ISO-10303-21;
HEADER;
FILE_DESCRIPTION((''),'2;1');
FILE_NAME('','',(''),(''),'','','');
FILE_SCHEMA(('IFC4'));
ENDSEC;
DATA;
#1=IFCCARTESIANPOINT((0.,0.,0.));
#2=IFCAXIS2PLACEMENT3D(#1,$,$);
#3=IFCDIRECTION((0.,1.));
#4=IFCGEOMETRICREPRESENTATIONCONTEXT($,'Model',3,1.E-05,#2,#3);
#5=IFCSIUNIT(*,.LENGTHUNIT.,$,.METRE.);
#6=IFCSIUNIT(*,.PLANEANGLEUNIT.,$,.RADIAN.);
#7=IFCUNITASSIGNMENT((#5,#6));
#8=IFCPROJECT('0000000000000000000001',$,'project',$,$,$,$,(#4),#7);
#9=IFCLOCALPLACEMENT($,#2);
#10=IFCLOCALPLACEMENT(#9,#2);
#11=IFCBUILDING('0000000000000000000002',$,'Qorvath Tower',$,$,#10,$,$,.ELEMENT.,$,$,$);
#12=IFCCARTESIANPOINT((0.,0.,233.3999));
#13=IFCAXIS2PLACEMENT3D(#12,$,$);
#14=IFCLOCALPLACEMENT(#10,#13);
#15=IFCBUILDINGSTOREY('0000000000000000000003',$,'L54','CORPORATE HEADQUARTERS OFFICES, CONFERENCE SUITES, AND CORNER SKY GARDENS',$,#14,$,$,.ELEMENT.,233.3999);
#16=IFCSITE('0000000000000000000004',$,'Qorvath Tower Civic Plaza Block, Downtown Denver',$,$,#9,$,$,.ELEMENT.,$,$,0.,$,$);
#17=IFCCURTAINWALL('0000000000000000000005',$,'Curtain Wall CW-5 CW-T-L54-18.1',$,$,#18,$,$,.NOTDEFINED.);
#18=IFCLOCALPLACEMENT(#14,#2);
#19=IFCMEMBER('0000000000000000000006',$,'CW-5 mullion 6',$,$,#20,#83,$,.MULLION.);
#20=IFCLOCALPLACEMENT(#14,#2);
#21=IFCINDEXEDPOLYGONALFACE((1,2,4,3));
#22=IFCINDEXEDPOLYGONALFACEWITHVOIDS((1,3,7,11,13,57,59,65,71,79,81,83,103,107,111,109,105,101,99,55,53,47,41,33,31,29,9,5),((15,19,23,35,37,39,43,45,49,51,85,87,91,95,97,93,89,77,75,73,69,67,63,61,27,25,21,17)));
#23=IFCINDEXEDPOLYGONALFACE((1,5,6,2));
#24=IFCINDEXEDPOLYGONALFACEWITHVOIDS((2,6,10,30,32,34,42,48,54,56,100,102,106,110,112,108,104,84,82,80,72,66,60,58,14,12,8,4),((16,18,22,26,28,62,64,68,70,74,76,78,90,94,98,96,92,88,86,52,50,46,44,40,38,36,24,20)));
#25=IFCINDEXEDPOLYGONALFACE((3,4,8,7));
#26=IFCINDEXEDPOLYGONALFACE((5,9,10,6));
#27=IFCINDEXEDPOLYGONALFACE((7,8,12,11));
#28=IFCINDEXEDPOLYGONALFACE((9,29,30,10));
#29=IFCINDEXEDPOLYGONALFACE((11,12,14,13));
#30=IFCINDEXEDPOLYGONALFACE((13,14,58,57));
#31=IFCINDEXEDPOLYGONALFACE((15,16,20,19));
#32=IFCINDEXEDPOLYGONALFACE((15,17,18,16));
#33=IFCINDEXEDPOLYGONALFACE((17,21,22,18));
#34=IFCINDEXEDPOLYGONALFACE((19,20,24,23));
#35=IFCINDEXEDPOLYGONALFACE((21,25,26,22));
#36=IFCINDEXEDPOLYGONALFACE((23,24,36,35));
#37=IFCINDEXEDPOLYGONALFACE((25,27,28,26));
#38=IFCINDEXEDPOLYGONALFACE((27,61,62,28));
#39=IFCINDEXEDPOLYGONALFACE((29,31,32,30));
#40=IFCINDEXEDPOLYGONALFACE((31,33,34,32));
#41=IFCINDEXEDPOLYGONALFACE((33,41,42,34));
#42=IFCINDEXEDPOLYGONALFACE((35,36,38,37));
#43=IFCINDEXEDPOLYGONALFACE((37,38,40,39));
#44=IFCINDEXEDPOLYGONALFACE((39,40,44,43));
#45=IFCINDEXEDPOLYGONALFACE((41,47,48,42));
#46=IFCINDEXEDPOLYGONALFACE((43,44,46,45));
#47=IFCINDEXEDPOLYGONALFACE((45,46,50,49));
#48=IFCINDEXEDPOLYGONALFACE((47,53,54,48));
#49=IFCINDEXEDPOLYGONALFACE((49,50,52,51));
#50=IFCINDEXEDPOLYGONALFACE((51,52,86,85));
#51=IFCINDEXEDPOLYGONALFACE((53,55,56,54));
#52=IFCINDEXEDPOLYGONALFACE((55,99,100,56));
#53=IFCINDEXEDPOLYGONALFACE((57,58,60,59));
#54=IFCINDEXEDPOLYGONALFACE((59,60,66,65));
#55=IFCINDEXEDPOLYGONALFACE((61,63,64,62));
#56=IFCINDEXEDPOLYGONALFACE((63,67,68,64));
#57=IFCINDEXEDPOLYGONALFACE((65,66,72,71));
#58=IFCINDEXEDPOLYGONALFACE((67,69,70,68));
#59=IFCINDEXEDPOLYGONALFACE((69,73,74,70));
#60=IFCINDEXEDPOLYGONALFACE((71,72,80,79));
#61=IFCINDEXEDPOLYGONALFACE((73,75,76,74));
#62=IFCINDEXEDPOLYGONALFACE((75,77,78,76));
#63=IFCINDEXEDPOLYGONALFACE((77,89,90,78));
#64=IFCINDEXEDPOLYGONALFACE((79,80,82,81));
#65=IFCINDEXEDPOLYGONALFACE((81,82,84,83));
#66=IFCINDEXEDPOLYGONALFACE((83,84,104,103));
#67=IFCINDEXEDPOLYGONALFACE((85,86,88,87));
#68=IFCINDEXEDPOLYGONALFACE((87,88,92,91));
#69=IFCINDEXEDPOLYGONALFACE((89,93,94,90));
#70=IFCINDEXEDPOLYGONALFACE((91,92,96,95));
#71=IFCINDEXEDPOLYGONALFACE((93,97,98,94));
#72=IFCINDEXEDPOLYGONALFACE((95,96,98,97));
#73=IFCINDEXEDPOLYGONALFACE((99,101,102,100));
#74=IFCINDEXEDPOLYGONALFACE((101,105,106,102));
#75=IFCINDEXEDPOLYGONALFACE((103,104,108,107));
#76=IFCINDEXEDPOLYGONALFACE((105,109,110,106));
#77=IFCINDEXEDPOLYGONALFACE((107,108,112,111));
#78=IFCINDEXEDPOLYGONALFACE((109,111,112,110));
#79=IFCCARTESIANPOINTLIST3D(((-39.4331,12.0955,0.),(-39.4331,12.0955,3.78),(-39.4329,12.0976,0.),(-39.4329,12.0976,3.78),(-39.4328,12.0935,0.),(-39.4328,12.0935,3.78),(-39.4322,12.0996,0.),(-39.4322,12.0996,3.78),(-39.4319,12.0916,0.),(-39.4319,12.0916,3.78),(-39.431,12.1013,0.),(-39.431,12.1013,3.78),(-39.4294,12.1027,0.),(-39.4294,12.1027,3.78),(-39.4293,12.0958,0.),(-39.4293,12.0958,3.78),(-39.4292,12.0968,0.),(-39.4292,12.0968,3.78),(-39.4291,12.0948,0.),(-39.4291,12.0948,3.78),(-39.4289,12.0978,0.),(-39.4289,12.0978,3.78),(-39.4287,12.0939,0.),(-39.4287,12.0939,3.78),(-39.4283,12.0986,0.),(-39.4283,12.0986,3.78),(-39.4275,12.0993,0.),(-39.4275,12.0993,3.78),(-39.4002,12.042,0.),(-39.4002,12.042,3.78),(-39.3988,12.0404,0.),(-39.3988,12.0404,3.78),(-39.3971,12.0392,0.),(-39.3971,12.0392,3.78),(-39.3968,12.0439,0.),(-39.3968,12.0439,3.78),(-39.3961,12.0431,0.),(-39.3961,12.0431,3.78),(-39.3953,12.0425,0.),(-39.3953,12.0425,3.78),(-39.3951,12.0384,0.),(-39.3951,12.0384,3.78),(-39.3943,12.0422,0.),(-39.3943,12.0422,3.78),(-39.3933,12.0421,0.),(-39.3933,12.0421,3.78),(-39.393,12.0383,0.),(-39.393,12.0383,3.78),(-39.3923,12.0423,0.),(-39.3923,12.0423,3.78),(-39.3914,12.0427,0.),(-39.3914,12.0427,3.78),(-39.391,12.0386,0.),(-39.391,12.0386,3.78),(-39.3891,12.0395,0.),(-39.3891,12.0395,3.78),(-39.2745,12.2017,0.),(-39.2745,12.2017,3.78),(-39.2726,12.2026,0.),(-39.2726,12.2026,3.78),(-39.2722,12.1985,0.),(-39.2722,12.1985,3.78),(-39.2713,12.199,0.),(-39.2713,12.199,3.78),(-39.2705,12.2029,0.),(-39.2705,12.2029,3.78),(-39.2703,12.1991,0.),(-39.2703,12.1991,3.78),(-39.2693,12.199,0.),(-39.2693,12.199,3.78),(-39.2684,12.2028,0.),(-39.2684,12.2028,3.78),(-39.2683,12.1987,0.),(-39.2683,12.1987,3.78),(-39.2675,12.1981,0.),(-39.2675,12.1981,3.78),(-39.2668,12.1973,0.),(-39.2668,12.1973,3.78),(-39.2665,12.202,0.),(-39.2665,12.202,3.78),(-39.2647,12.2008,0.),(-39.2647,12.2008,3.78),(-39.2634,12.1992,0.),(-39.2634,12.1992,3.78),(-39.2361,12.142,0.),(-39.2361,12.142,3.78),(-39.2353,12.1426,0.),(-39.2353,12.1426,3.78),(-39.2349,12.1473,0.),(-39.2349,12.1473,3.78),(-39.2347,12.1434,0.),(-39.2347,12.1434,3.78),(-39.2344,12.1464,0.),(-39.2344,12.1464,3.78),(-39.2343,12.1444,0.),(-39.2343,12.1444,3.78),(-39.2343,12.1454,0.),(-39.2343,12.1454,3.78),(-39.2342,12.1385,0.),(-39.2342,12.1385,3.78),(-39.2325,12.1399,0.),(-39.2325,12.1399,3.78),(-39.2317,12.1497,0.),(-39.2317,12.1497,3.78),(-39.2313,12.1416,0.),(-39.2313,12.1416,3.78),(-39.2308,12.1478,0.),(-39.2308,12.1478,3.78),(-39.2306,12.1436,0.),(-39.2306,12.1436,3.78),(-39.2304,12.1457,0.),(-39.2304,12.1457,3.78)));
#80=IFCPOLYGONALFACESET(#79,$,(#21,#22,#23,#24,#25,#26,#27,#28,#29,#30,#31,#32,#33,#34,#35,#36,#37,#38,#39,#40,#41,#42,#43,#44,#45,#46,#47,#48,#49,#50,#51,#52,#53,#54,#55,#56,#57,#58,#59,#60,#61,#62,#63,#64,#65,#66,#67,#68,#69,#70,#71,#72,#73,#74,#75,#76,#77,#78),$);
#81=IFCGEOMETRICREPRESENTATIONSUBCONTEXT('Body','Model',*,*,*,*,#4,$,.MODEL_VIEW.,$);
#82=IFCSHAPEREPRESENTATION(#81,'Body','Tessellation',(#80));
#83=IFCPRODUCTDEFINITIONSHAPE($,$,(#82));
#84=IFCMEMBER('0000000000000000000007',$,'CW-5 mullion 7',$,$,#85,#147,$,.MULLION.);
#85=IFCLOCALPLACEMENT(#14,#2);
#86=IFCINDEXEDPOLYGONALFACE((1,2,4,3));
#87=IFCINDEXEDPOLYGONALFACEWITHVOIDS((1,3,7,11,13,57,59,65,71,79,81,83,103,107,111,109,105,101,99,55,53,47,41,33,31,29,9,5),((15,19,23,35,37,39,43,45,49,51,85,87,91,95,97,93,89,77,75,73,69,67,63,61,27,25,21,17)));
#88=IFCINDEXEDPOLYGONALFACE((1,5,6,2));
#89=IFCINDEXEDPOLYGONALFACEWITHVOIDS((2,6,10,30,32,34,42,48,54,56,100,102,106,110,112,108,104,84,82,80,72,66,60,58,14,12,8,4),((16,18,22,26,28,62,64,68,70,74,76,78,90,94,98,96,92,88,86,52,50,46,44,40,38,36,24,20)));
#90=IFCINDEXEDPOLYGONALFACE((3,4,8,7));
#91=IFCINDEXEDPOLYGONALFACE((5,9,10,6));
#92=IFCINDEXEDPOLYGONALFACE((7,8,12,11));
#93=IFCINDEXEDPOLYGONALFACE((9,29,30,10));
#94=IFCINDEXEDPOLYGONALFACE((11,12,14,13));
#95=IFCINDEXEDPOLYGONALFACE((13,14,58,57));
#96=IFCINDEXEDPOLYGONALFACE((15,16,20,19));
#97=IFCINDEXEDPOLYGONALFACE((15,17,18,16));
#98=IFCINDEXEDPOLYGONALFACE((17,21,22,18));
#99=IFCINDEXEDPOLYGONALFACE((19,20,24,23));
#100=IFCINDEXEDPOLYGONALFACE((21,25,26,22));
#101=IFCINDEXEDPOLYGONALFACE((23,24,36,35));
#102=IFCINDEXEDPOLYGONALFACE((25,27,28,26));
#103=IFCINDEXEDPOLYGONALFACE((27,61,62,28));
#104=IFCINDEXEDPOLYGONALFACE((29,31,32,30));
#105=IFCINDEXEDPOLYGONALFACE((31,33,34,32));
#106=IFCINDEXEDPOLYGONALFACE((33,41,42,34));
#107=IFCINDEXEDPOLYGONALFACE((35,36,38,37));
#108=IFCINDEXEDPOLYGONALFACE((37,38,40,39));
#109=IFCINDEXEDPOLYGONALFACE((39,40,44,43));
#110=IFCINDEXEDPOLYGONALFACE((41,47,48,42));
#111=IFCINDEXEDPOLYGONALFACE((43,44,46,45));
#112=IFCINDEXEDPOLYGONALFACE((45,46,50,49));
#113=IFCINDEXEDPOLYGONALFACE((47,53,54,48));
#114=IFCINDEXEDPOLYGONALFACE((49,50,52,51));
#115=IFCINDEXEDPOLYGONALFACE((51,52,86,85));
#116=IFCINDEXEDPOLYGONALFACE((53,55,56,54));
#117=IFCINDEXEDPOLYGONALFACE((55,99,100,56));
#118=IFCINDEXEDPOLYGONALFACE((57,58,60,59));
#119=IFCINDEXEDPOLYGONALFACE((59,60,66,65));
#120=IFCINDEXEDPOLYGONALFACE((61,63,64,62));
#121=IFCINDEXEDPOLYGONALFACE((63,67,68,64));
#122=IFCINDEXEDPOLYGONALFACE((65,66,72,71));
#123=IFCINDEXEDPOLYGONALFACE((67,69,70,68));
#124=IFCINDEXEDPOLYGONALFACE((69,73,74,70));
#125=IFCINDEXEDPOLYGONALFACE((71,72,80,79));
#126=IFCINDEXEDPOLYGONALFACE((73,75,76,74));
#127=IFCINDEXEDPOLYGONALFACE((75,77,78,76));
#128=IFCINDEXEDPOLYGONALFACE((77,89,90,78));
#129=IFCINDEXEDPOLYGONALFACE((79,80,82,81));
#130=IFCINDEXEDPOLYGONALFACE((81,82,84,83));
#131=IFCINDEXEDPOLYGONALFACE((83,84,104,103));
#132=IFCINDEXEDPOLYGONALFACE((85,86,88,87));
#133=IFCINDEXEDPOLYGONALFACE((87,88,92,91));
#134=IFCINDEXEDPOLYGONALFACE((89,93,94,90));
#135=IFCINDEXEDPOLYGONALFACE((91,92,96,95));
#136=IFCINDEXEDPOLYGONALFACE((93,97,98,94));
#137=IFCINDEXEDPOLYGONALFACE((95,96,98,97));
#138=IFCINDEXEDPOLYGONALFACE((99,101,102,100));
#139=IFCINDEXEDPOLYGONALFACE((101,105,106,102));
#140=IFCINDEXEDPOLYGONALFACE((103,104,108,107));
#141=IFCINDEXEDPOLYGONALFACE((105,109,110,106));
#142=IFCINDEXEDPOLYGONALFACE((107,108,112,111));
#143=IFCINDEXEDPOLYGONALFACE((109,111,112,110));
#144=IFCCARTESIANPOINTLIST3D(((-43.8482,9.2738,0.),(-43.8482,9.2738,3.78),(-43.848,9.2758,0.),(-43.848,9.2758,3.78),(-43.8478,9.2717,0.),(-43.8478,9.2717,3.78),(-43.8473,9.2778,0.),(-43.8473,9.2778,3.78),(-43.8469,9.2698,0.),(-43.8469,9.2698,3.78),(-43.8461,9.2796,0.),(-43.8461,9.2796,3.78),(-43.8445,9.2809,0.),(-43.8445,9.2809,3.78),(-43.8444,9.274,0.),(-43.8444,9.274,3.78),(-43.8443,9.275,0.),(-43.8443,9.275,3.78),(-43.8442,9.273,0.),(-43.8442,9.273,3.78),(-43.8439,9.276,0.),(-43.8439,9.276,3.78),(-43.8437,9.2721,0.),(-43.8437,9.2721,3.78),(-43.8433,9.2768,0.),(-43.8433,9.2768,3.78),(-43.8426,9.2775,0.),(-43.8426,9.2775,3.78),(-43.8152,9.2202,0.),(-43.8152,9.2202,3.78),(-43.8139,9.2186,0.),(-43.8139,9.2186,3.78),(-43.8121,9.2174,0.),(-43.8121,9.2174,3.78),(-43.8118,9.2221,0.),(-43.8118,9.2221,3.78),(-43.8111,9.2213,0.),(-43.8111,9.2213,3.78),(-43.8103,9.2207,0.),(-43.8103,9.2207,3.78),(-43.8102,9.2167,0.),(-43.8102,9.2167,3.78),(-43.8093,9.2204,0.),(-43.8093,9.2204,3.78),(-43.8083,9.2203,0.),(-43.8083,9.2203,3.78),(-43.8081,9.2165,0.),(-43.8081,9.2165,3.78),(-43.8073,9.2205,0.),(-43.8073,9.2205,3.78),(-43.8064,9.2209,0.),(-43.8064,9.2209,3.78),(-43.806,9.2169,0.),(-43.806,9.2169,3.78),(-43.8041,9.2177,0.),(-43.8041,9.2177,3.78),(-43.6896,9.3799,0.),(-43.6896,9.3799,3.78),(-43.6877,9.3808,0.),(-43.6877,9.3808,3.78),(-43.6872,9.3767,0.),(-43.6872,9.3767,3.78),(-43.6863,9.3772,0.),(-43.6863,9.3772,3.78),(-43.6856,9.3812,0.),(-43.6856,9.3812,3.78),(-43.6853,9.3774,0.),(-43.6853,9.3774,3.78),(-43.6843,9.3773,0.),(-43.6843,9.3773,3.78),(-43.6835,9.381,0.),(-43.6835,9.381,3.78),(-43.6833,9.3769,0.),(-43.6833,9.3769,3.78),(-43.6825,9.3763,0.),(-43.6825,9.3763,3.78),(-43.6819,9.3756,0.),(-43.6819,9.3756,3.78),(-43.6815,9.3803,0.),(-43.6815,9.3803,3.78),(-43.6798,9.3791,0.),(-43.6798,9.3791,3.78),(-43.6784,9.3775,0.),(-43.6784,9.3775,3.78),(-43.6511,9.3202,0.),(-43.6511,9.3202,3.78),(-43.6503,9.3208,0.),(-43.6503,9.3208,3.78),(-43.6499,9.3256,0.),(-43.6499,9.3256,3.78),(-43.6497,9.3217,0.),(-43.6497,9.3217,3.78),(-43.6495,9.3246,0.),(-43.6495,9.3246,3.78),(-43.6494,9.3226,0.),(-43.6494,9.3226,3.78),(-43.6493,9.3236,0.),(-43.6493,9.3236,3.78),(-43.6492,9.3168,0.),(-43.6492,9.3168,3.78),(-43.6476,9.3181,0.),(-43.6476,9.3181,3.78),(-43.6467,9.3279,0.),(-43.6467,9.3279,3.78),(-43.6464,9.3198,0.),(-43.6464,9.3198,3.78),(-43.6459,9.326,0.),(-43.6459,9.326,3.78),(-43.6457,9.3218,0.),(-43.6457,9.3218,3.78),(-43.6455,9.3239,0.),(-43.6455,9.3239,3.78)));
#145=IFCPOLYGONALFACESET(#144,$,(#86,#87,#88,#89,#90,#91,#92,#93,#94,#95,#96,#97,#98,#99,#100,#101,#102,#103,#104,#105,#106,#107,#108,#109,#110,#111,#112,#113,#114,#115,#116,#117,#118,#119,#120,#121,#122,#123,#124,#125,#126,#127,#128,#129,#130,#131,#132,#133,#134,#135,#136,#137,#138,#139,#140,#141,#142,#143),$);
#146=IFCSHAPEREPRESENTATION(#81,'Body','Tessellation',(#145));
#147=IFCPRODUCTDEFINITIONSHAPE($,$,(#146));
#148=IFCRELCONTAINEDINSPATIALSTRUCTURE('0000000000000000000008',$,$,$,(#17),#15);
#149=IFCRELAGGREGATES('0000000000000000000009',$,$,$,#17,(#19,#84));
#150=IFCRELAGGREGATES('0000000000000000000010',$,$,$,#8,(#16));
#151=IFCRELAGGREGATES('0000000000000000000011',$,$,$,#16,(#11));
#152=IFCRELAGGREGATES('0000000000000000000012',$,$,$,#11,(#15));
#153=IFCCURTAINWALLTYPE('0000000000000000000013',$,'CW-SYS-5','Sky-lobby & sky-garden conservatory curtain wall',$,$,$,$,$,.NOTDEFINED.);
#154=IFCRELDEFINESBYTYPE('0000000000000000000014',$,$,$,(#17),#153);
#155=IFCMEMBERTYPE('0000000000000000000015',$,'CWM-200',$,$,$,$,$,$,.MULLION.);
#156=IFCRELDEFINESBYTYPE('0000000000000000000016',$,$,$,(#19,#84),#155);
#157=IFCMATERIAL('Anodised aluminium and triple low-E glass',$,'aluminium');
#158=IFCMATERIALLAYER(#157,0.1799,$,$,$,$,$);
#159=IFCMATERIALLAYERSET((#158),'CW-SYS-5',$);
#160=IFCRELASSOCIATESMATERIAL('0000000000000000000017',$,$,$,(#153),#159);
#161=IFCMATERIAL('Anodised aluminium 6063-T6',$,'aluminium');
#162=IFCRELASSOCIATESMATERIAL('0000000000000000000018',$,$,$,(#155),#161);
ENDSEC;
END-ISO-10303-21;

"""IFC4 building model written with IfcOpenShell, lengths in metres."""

from ifc_helpers import new_model, si_unit, direction, frame, origin, origin_2d, place, context, subcontext, project, spatial, hollow_rectangle, extrude, material, layer, layer_set, material_profile, profile_set, type_object, element, aggregate, save


model = new_model("IFC4")

# Units and contexts
model_context = context("Model", 3, precision=1e-05, world=origin(), true_north=direction((0.0, 1.0)))
body_context = subcontext(model_context, "Body", "Model", "MODEL_VIEW")
ifc_project = project(units=[si_unit("LENGTHUNIT", "METRE"), si_unit("PLANEANGLEUNIT", "RADIAN")], contexts=[model_context])

# Site, building, storey
site_placement = place(None, origin())
site = spatial("IfcSite", under=ifc_project, at=site_placement, Name="Qorvath Tower Civic Plaza Block, Downtown Denver", CompositionType="ELEMENT", RefElevation=0.0)
building_placement = place(site_placement, origin())
building = spatial("IfcBuilding", under=site, at=building_placement, Name="Qorvath Tower", CompositionType="ELEMENT")
storey_placement = place(building_placement, frame((0.0, 0.0, 233.3999)))
storey = spatial("IfcBuildingStorey", under=building, at=storey_placement, Name="L54", Description="CORPORATE HEADQUARTERS OFFICES, CONFERENCE SUITES, AND CORNER SKY GARDENS", CompositionType="ELEMENT", Elevation=233.3999)

# Curtain wall, members
ifc_material_1 = material(Name="Anodised aluminium and triple low-E glass", Category="aluminium")
ifc_layer_1 = layer(ifc_material_1, 0.1799)
ifc_layer_set_1 = layer_set([ifc_layer_1], Name="CW-SYS-5")
curtain_wall_type = type_object("IfcCurtainWallType", Name="CW-SYS-5", Description="Sky-lobby & sky-garden conservatory curtain wall", PredefinedType="NOTDEFINED", material=ifc_layer_set_1)
ifc_material_2 = material(Name="Anodised aluminium 6063-T6", Category="aluminium")
ifc_material_profile_1 = material_profile(ifc_material_2, hollow_rectangle(XDim=0.075, YDim=0.2, WallThickness=0.0039, InnerFilletRadius=0.0039, OuterFilletRadius=0.0081, at=origin_2d()), Name="CWM 200x75")
ifc_profile_set_1 = profile_set([ifc_material_profile_1], Name="Anodised aluminium 6063-T6")
member_type_1 = type_object("IfcMemberType", Name="CWM-200", PredefinedType="MULLION", material=ifc_profile_set_1)
curtain_wall_1_placement = place(storey_placement, origin())
curtain_wall_1 = element("IfcCurtainWall", 1, at=curtain_wall_1_placement, inside=storey, type_object=curtain_wall_type, Name="Curtain Wall CW-5 CW-T-L54-18.1", PredefinedType="NOTDEFINED")
member_1_placement = place(storey_placement, frame((-39.3318, 12.1206, 0.0), z_axis=(0.0, 0.0, 1.0), x_axis=(0.538528, -0.842607, 0.0)))
member_1 = element("IfcMember", 2, at=member_1_placement, type_object=member_type_1, Name="CW-5 mullion 6", PredefinedType="MULLION", context=body_context, shape_type="SweptSolid", body=[
    extrude(hollow_rectangle(XDim=0.075, YDim=0.2, WallThickness=0.0039, InnerFilletRadius=0.0039, OuterFilletRadius=0.0081, at=origin_2d()), origin(), (0.0, 0.0, 1.0), 3.78),
])
member_2_placement = place(storey_placement, frame((-43.7468, 9.2988, 0.0), z_axis=(0.0, 0.0, 1.0), x_axis=(0.538528, -0.842607, 0.0)))
member_2 = element("IfcMember", 3, at=member_2_placement, type_object=member_type_1, Name="CW-5 mullion 7", PredefinedType="MULLION", context=body_context, shape_type="SweptSolid", body=[
    extrude(hollow_rectangle(XDim=0.075, YDim=0.2, WallThickness=0.0039, InnerFilletRadius=0.0039, OuterFilletRadius=0.0081, at=origin_2d()), origin(), (0.0, 0.0, 1.0), 3.78),
])

aggregate(curtain_wall_1, [member_1, member_2])

save(model, "model.ifc")
